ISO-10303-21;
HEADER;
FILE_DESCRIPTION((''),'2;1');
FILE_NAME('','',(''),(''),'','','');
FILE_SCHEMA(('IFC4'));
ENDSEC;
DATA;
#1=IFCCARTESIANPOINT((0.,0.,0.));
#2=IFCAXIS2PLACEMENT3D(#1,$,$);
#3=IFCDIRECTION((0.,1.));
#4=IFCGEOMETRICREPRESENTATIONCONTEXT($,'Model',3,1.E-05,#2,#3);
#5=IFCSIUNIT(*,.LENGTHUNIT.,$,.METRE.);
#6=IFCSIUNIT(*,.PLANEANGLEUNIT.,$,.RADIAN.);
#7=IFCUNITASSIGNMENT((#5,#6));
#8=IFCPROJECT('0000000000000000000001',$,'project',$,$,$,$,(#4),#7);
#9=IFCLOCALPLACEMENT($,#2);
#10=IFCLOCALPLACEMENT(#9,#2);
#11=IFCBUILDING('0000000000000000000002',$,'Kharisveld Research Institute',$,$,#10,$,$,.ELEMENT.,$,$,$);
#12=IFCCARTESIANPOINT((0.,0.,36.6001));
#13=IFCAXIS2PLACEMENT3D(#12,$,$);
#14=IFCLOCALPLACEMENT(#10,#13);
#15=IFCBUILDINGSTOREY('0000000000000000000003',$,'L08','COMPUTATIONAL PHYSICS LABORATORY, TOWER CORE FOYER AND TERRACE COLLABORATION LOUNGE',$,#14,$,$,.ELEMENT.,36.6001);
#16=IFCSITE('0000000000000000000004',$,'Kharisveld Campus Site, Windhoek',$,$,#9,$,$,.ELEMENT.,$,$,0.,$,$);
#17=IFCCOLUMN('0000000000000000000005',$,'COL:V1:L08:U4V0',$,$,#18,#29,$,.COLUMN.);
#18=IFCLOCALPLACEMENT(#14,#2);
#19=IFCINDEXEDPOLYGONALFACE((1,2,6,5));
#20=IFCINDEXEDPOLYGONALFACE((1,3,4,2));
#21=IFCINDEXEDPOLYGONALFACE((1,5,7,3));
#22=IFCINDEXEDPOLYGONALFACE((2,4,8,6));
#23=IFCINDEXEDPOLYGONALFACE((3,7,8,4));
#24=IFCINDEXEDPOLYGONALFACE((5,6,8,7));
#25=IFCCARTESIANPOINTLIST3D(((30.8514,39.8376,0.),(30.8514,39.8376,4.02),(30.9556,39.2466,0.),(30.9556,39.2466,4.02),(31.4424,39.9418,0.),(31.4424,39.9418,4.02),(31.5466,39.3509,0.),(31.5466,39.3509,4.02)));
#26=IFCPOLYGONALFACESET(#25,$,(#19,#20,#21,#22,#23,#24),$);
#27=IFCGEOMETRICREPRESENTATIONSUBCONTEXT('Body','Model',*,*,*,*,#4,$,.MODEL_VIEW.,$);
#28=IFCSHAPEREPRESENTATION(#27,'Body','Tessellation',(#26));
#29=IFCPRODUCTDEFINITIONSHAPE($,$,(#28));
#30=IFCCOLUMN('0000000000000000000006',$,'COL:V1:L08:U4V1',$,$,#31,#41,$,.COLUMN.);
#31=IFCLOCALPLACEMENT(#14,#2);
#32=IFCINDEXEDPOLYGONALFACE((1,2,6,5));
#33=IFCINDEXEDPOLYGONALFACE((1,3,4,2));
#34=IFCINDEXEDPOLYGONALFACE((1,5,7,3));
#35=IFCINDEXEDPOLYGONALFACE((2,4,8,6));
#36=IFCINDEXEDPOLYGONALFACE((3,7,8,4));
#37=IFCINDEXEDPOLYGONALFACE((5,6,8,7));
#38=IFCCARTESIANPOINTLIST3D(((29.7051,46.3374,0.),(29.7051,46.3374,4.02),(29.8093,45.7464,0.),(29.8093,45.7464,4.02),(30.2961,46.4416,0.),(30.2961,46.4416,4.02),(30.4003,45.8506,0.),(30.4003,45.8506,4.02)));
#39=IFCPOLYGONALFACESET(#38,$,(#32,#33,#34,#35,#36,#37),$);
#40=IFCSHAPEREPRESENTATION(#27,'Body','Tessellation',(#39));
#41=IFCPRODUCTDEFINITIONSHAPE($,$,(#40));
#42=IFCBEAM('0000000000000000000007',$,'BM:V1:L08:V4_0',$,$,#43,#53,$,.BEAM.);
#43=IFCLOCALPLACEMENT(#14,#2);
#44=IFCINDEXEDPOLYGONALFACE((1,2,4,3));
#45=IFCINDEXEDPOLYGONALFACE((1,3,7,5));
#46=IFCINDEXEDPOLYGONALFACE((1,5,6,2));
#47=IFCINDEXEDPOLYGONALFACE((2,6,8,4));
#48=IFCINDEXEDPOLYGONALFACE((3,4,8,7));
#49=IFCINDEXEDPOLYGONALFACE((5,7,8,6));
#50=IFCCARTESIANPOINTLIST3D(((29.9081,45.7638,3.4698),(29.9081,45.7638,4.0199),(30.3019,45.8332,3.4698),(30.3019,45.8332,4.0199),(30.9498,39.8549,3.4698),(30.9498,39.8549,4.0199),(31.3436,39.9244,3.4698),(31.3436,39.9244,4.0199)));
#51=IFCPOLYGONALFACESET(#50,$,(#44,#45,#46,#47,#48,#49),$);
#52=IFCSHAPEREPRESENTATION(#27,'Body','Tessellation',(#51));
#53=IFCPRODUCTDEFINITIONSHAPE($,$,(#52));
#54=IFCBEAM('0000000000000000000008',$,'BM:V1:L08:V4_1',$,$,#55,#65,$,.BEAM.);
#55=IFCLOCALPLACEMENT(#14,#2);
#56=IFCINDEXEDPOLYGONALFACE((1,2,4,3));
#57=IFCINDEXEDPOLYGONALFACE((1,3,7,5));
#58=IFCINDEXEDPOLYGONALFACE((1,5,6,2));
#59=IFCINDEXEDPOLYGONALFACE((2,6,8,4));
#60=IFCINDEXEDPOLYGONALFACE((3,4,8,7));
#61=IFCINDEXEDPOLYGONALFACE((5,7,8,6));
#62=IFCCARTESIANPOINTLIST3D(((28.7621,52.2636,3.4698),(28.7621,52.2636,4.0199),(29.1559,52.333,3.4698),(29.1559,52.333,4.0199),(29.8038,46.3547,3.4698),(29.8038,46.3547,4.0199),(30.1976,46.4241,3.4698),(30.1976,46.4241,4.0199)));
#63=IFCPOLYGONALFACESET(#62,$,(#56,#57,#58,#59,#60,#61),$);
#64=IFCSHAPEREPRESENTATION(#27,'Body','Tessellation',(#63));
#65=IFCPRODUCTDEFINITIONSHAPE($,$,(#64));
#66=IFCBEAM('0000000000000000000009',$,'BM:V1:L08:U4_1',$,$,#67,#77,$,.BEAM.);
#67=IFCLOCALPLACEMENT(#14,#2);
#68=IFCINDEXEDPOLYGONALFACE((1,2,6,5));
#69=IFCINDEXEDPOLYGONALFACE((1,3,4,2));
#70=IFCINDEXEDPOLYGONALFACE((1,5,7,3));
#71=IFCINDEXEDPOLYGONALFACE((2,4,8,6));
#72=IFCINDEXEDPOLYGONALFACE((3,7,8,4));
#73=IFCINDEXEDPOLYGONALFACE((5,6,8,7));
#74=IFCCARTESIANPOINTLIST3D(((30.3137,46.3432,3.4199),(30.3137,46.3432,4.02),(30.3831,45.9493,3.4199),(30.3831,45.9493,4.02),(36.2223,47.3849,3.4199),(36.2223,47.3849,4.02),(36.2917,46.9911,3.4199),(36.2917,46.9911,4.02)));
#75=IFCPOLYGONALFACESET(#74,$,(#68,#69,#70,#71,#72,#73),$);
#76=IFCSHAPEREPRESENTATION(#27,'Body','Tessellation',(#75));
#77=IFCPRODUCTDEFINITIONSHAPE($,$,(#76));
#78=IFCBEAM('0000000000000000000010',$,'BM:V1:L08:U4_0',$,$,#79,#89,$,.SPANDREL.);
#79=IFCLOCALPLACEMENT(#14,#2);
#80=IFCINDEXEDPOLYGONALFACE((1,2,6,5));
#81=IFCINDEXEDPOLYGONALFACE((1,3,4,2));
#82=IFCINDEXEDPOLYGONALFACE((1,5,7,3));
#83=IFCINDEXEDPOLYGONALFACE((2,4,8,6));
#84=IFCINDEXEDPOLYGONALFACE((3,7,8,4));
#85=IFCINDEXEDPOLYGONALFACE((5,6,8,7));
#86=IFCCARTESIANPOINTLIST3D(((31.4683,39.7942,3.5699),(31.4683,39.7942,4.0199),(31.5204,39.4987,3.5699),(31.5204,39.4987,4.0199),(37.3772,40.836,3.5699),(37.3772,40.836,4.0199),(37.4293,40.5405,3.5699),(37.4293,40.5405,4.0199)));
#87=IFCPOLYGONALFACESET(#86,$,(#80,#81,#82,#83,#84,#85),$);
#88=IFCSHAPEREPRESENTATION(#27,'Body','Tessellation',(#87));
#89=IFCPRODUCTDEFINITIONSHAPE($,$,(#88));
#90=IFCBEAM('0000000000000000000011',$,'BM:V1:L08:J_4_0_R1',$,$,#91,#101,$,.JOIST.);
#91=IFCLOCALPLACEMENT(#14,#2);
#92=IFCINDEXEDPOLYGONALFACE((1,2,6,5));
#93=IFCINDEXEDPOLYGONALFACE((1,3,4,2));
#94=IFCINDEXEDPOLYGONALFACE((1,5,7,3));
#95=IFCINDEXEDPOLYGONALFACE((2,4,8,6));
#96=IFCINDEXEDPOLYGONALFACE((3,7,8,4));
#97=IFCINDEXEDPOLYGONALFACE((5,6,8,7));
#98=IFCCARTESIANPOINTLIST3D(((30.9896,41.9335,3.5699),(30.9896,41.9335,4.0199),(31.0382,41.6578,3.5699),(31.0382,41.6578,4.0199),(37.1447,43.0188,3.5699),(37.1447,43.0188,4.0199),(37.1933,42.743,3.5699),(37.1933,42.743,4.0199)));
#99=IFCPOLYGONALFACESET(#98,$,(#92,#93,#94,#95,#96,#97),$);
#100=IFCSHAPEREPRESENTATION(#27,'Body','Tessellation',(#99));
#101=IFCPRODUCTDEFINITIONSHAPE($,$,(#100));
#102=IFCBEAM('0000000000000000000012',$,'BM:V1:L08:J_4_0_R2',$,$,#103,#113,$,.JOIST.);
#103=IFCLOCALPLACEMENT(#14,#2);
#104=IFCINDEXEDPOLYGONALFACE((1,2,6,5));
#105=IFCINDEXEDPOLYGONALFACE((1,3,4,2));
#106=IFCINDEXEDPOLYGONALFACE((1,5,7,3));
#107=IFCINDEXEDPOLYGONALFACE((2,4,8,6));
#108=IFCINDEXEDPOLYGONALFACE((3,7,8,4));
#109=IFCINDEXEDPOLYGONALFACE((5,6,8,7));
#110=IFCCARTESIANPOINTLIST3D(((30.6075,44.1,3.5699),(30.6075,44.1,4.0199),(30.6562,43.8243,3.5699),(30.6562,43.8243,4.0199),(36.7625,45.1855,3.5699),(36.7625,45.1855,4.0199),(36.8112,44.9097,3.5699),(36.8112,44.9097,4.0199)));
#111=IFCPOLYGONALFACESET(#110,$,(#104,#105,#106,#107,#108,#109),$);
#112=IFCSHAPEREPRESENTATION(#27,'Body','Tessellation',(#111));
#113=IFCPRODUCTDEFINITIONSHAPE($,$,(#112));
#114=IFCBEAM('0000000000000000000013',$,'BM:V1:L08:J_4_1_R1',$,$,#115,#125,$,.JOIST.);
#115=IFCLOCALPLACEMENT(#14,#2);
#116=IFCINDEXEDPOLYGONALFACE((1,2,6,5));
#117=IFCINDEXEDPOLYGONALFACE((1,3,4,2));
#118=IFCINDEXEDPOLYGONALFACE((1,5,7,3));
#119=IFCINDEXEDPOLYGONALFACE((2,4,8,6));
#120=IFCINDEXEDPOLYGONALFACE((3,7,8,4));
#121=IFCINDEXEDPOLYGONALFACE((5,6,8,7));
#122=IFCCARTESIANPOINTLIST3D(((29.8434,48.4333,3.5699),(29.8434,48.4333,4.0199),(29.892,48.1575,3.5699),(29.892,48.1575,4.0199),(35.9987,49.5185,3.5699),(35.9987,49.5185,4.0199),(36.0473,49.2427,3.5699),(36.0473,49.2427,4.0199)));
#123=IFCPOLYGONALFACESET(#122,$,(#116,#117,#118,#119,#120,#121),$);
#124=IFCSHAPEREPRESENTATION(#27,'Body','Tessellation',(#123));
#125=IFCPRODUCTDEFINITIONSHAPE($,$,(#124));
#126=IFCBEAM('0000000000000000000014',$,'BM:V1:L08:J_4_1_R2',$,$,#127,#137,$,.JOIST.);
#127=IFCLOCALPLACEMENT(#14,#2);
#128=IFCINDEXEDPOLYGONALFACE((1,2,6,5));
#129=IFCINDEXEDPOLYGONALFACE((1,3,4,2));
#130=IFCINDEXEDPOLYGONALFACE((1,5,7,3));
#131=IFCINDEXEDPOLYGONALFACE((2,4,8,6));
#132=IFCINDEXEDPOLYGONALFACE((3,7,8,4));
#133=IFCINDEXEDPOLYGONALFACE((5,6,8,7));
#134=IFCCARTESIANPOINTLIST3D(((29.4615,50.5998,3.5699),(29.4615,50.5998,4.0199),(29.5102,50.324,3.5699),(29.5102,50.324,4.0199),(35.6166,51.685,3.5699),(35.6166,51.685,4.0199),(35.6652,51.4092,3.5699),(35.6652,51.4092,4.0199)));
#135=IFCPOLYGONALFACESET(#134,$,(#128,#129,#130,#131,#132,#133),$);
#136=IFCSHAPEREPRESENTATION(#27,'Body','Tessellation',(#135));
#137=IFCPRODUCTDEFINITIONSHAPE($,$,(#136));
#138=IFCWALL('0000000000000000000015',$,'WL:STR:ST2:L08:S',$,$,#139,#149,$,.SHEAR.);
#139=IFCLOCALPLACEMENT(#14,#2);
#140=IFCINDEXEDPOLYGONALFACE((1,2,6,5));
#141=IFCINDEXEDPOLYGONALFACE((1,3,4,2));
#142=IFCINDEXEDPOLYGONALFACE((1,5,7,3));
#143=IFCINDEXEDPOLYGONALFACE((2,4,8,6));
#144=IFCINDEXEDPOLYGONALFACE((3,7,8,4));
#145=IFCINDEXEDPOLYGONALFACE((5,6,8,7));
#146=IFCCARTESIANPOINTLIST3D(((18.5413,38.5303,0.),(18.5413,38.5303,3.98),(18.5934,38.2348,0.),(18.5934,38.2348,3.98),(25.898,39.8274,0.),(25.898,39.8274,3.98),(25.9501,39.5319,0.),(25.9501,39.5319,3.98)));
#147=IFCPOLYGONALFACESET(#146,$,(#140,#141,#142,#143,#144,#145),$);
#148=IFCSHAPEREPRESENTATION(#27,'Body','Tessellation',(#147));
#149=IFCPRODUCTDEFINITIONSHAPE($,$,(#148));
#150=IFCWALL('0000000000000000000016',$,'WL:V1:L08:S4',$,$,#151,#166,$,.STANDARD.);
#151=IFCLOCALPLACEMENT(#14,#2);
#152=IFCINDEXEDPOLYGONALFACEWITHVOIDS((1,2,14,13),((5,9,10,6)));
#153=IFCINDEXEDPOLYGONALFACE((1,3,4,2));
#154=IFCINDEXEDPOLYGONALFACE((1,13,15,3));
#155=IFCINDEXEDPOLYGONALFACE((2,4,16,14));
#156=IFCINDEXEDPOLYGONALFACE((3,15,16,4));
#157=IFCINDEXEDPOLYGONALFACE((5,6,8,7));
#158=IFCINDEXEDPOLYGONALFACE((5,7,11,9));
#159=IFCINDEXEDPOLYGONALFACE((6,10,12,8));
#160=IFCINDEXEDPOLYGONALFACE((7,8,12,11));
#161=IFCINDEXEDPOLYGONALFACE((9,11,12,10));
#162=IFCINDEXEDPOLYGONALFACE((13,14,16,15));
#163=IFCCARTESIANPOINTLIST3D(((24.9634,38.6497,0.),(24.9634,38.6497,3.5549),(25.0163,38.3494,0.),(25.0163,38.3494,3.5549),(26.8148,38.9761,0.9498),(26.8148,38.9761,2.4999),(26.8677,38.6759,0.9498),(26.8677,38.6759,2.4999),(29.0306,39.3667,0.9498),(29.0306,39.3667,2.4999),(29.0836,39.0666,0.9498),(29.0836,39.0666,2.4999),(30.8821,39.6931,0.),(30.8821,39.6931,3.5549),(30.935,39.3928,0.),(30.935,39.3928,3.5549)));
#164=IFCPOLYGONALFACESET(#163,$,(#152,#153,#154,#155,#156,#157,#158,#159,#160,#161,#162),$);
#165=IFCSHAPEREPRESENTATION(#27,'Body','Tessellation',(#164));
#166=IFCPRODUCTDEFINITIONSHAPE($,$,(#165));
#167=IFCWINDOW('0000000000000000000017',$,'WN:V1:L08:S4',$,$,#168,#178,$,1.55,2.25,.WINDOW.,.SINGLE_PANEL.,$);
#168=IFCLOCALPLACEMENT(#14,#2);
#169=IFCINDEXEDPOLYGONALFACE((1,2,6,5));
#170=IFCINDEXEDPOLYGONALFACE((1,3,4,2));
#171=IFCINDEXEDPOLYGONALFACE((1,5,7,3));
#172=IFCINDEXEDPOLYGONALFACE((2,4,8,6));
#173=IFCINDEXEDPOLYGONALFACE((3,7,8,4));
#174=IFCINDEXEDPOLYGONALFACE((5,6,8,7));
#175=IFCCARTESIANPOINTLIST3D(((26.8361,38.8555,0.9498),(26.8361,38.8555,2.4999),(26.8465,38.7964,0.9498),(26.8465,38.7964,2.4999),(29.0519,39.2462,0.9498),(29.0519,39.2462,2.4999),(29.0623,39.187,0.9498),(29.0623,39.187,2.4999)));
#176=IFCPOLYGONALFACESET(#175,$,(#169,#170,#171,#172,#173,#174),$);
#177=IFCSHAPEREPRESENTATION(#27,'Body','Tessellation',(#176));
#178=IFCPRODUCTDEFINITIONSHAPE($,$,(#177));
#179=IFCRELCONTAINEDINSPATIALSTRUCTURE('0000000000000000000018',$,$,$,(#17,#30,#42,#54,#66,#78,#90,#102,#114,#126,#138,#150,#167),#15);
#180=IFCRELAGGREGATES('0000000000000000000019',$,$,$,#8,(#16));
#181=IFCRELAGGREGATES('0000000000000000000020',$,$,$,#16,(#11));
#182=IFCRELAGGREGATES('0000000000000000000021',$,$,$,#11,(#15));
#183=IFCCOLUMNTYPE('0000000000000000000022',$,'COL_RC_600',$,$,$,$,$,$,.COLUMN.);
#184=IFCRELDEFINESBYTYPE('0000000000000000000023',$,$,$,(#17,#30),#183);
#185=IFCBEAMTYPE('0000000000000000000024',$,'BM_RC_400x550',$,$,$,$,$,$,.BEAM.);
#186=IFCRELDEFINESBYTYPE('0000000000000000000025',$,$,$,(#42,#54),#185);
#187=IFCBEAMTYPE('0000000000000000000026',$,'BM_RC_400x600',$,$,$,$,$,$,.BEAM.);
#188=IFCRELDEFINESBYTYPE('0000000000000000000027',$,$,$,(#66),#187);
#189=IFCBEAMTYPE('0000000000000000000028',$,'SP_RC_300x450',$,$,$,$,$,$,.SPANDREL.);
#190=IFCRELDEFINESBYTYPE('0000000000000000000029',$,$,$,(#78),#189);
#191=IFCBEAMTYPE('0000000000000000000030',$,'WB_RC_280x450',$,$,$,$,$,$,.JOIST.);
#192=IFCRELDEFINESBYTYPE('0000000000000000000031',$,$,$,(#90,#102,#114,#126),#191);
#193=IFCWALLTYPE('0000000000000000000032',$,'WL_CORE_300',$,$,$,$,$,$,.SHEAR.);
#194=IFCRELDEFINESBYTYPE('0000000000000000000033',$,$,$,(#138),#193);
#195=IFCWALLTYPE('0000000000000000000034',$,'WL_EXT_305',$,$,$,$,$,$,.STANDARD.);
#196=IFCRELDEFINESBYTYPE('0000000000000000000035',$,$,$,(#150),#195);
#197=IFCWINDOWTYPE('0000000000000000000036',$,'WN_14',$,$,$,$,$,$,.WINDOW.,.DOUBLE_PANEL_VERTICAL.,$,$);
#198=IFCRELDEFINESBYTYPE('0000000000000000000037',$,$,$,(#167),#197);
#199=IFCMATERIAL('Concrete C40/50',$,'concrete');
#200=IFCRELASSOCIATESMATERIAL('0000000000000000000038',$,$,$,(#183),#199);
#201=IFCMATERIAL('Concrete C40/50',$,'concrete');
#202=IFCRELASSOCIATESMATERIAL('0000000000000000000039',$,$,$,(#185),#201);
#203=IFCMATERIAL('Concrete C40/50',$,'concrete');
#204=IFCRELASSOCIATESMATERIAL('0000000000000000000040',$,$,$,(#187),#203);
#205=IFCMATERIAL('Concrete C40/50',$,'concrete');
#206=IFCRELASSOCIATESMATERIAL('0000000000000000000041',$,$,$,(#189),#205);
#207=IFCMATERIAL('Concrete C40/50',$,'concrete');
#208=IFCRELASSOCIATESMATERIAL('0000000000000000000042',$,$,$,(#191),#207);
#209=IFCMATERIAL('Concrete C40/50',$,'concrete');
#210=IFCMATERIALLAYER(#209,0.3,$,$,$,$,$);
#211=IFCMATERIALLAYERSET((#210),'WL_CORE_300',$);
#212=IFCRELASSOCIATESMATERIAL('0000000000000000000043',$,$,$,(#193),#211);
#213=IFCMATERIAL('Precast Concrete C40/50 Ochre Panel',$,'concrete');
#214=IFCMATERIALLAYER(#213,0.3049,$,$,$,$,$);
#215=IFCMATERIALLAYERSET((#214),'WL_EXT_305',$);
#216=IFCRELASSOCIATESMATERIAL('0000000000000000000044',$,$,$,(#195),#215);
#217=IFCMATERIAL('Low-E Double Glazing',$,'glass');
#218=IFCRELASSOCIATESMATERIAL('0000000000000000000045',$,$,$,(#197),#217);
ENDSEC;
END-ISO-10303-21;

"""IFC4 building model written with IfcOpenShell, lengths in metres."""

from ifc_helpers import new_model, si_unit, direction, frame, frame_2d, origin, origin_2d, place, context, subcontext, project, spatial, rectangle, extrude, material, layer, layer_set, material_profile, profile_set, type_object, element, fill, save


model = new_model("IFC4")

# Units and contexts
model_context = context("Model", 3, precision=1e-05, world=origin(), true_north=direction((0.0, 1.0)))
body_context = subcontext(model_context, "Body", "Model", "MODEL_VIEW")
ifc_project = project(units=[si_unit("LENGTHUNIT", "METRE"), si_unit("PLANEANGLEUNIT", "RADIAN")], contexts=[model_context])

# Site, building, storey
site_placement = place(None, origin())
site = spatial("IfcSite", under=ifc_project, at=site_placement, Name="Kharisveld Campus Site, Windhoek", CompositionType="ELEMENT", RefElevation=0.0)
building_placement = place(site_placement, origin())
building = spatial("IfcBuilding", under=site, at=building_placement, Name="Kharisveld Research Institute", CompositionType="ELEMENT")
storey_placement = place(building_placement, frame((0.0, 0.0, 36.6001)))
storey = spatial("IfcBuildingStorey", under=building, at=storey_placement, Name="L08", Description="COMPUTATIONAL PHYSICS LABORATORY, TOWER CORE FOYER AND TERRACE COLLABORATION LOUNGE", CompositionType="ELEMENT", Elevation=36.6001)

# Columns
ifc_material_1 = material(Name="Concrete C40/50", Category="concrete")
ifc_material_profile_1 = material_profile(ifc_material_1, rectangle(XDim=0.6001, YDim=0.6001, at=origin_2d()))
ifc_profile_set_1 = profile_set([ifc_material_profile_1], Name="Concrete C40/50")
column_type = type_object("IfcColumnType", Name="COL_RC_600", PredefinedType="COLUMN", material=ifc_profile_set_1)
for number, where, z_axis, x_axis, name in (
    (1, (31.199, 39.5942, 0.0), (0.0, 0.0, 1.0), (0.984808, 0.173648, 0.0), "COL:V1:L08:U4V0"),
    (2, (30.0527, 46.094, 0.0), (0.0, 0.0, 1.0), (0.984808, 0.173648, 0.0), "COL:V1:L08:U4V1"),
):
    element("IfcColumn", number, at=place(storey_placement, frame(where, z_axis=z_axis, x_axis=x_axis)), inside=storey, type_object=column_type, Name=name, PredefinedType="COLUMN", context=body_context, shape_type="SweptSolid", body=[
        extrude(rectangle(XDim=0.6001, YDim=0.6001, at=origin_2d()), origin(), (0.0, 0.0, 1.0), 4.02),
    ])

# Beams
ifc_material_2 = material(Name="Concrete C40/50", Category="concrete")
ifc_material_profile_2 = material_profile(ifc_material_2, rectangle(XDim=0.3999, YDim=0.55, at=origin_2d()))
ifc_profile_set_2 = profile_set([ifc_material_profile_2], Name="Concrete C40/50")
beam_type_1 = type_object("IfcBeamType", Name="BM_RC_400x550", PredefinedType="BEAM", material=ifc_profile_set_2)
for number, where, z_axis, x_axis, name in (
    (3, (31.1467, 39.8896, 3.7449), (-0.173623, 0.984812, 0.0), (-0.984812, -0.173623, 0.0), "BM:V1:L08:V4_0"),
    (4, (30.0007, 46.3894, 3.7449), (-0.173623, 0.984812, 0.0), (-0.984812, -0.173623, 0.0), "BM:V1:L08:V4_1"),
):
    element("IfcBeam", number, at=place(storey_placement, frame(where, z_axis=z_axis, x_axis=x_axis)), inside=storey, type_object=beam_type_1, Name=name, PredefinedType="BEAM", context=body_context, shape_type="SweptSolid", body=[
        extrude(rectangle(XDim=0.3999, YDim=0.55, at=origin_2d()), origin(), (0.0, 0.0, 1.0), 6.0),
    ])
ifc_material_3 = material(Name="Concrete C40/50", Category="concrete")
ifc_material_profile_3 = material_profile(ifc_material_3, rectangle(XDim=0.3999, YDim=0.6001, at=origin_2d()))
ifc_profile_set_3 = profile_set([ifc_material_profile_3], Name="Concrete C40/50")
beam_type_2 = type_object("IfcBeamType", Name="BM_RC_400x600", PredefinedType="BEAM", material=ifc_profile_set_3)
beam_1_placement = place(storey_placement, frame((30.3484, 46.1462, 3.72), z_axis=(0.984811, 0.17363, 0.0), x_axis=(-0.17363, 0.984811, 0.0)))
element("IfcBeam", 5, at=beam_1_placement, inside=storey, type_object=beam_type_2, Name="BM:V1:L08:U4_1", PredefinedType="BEAM", context=body_context, shape_type="SweptSolid", body=[
    extrude(rectangle(XDim=0.3999, YDim=0.6001, at=origin_2d()), origin(), (0.0, 0.0, 1.0), 5.9998),
])
ifc_material_4 = material(Name="Concrete C40/50", Category="concrete")
ifc_material_profile_4 = material_profile(ifc_material_4, rectangle(XDim=0.3, YDim=0.45, at=origin_2d()))
ifc_profile_set_4 = profile_set([ifc_material_profile_4], Name="Concrete C40/50")
beam_type_3 = type_object("IfcBeamType", Name="SP_RC_300x450", PredefinedType="SPANDREL", material=ifc_profile_set_4)
beam_2_placement = place(storey_placement, frame((31.4944, 39.6465, 3.7949), z_axis=(0.984812, 0.173623, 0.0), x_axis=(-0.173623, 0.984812, 0.0)))
element("IfcBeam", 6, at=beam_2_placement, inside=storey, type_object=beam_type_3, Name="BM:V1:L08:U4_0", PredefinedType="SPANDREL", context=body_context, shape_type="SweptSolid", body=[
    extrude(rectangle(XDim=0.3, YDim=0.45, at=origin_2d()), origin(), (0.0, 0.0, 1.0), 6.0),
])
ifc_material_5 = material(Name="Concrete C40/50", Category="concrete")
ifc_material_profile_5 = material_profile(ifc_material_5, rectangle(XDim=0.28, YDim=0.45, at=origin_2d()))
ifc_profile_set_5 = profile_set([ifc_material_profile_5], Name="Concrete C40/50")
beam_type_4 = type_object("IfcBeamType", Name="WB_RC_280x450", PredefinedType="JOIST", material=ifc_profile_set_5)
for number, where, z_axis, x_axis, name in (
    (7, (31.0139, 41.7957, 3.7949), (0.98481, 0.173634, 0.0), (-0.173634, 0.98481, 0.0), "BM:V1:L08:J_4_0_R1"),
    (8, (30.6318, 43.9622, 3.7949), (0.984804, 0.173672, 0.0), (-0.173672, 0.984804, 0.0), "BM:V1:L08:J_4_0_R2"),
):
    element("IfcBeam", number, at=place(storey_placement, frame(where, z_axis=z_axis, x_axis=x_axis)), inside=storey, type_object=beam_type_4, Name=name, PredefinedType="JOIST", context=body_context, shape_type="SweptSolid", body=[
        extrude(rectangle(XDim=0.28, YDim=0.45, at=origin_2d()), origin(), (0.0, 0.0, 1.0), 6.25),
    ])
beam_3_placement = place(storey_placement, frame((29.8677, 48.2954, 3.7949), z_axis=(0.984811, 0.173627, 0.0), x_axis=(-0.173627, 0.984811, 0.0)))
element("IfcBeam", 9, at=beam_3_placement, inside=storey, type_object=beam_type_4, Name="BM:V1:L08:J_4_1_R1", PredefinedType="JOIST", context=body_context, shape_type="SweptSolid", body=[
    extrude(rectangle(XDim=0.28, YDim=0.45, at=origin_2d()), origin(), (0.0, 0.0, 1.0), 6.2502),
])
beam_4_placement = place(storey_placement, frame((29.4858, 50.4619, 3.7949), z_axis=(0.98481, 0.173634, 0.0), x_axis=(-0.173634, 0.98481, 0.0)))
element("IfcBeam", 10, at=beam_4_placement, inside=storey, type_object=beam_type_4, Name="BM:V1:L08:J_4_1_R2", PredefinedType="JOIST", context=body_context, shape_type="SweptSolid", body=[
    extrude(rectangle(XDim=0.28, YDim=0.45, at=origin_2d()), origin(), (0.0, 0.0, 1.0), 6.25),
])

# Wall
ifc_material_6 = material(Name="Concrete C40/50", Category="concrete")
ifc_layer_1 = layer(ifc_material_6, 0.3)
ifc_layer_set_1 = layer_set([ifc_layer_1], Name="WL_CORE_300")
wall_type_1 = type_object("IfcWallType", Name="WL_CORE_300", PredefinedType="SHEAR", material=ifc_layer_set_1)
wall_1_placement = place(storey_placement, frame((25.9241, 39.6797, 0.0), z_axis=(0.0, 0.0, 1.0), x_axis=(-0.984809, -0.17364, 0.0)))
element("IfcWall", 11, at=wall_1_placement, inside=storey, type_object=wall_type_1, Name="WL:STR:ST2:L08:S", PredefinedType="SHEAR", context=body_context, shape_type="SweptSolid", body=[
    extrude(rectangle(XDim=7.4702, YDim=0.3, at=frame_2d((3.7351, 0.0))), origin(), (0.0, 0.0, 1.0), 3.98),
])

# Wall, opening, window
ifc_material_7 = material(Name="Precast Concrete C40/50 Ochre Panel", Category="concrete")
ifc_layer_2 = layer(ifc_material_7, 0.3049)
ifc_layer_set_2 = layer_set([ifc_layer_2], Name="WL_EXT_305")
wall_type_2 = type_object("IfcWallType", Name="WL_EXT_305", PredefinedType="STANDARD", material=ifc_layer_set_2)
wall_2_placement = place(storey_placement, frame((30.9084, 39.543, 0.0), z_axis=(0.0, 0.0, 1.0), x_axis=(-0.984813, -0.173621, 0.0)))
wall_2 = element("IfcWall", 12, at=wall_2_placement, inside=storey, type_object=wall_type_2, Name="WL:V1:L08:S4", PredefinedType="STANDARD", context=body_context, shape_type="SweptSolid", body=[
    extrude(rectangle(XDim=6.01, YDim=0.3049, at=frame_2d((3.0049, 0.0))), origin(), (0.0, 0.0, 1.0), 3.5549),
])
opening_1_placement = place(wall_2_placement, frame((1.8799, 0.0, 0.95)))
opening_1 = element("IfcOpeningElement", 13, at=opening_1_placement, cuts=wall_2, PredefinedType="OPENING", context=body_context, shape_type="SweptSolid", body=[
    extrude(rectangle(XDim=2.25, YDim=1.55, at=frame_2d((1.125, 0.7749))), frame((0.0, 0.1523, 0.0), z_axis=(0.0, -1.0, 0.0), x_axis=(1.0, 0.0, 0.0)), (0.0, 0.0, 1.0), 0.3049),
])
ifc_material_8 = material(Name="Low-E Double Glazing", Category="glass")
window_type = type_object("IfcWindowType", Name="WN_14", PartitioningType="DOUBLE_PANEL_VERTICAL", PredefinedType="WINDOW", material=ifc_material_8)
window_placement = place(opening_1_placement, origin())
window = element("IfcWindow", 14, at=window_placement, inside=storey, type_object=window_type, Name="WN:V1:L08:S4", OverallHeight=1.55, OverallWidth=2.25, PartitioningType="SINGLE_PANEL", PredefinedType="WINDOW", context=body_context, shape_type="SweptSolid", body=[
    extrude(rectangle(XDim=2.25, YDim=1.55, at=frame_2d((1.125, 0.7749))), frame((0.0, 0.03, 0.0), z_axis=(0.0, -1.0, 0.0), x_axis=(1.0, 0.0, 0.0)), (0.0, 0.0, 1.0), 0.0601),
])
fill(opening_1, window)

save(model, "model.ifc")
